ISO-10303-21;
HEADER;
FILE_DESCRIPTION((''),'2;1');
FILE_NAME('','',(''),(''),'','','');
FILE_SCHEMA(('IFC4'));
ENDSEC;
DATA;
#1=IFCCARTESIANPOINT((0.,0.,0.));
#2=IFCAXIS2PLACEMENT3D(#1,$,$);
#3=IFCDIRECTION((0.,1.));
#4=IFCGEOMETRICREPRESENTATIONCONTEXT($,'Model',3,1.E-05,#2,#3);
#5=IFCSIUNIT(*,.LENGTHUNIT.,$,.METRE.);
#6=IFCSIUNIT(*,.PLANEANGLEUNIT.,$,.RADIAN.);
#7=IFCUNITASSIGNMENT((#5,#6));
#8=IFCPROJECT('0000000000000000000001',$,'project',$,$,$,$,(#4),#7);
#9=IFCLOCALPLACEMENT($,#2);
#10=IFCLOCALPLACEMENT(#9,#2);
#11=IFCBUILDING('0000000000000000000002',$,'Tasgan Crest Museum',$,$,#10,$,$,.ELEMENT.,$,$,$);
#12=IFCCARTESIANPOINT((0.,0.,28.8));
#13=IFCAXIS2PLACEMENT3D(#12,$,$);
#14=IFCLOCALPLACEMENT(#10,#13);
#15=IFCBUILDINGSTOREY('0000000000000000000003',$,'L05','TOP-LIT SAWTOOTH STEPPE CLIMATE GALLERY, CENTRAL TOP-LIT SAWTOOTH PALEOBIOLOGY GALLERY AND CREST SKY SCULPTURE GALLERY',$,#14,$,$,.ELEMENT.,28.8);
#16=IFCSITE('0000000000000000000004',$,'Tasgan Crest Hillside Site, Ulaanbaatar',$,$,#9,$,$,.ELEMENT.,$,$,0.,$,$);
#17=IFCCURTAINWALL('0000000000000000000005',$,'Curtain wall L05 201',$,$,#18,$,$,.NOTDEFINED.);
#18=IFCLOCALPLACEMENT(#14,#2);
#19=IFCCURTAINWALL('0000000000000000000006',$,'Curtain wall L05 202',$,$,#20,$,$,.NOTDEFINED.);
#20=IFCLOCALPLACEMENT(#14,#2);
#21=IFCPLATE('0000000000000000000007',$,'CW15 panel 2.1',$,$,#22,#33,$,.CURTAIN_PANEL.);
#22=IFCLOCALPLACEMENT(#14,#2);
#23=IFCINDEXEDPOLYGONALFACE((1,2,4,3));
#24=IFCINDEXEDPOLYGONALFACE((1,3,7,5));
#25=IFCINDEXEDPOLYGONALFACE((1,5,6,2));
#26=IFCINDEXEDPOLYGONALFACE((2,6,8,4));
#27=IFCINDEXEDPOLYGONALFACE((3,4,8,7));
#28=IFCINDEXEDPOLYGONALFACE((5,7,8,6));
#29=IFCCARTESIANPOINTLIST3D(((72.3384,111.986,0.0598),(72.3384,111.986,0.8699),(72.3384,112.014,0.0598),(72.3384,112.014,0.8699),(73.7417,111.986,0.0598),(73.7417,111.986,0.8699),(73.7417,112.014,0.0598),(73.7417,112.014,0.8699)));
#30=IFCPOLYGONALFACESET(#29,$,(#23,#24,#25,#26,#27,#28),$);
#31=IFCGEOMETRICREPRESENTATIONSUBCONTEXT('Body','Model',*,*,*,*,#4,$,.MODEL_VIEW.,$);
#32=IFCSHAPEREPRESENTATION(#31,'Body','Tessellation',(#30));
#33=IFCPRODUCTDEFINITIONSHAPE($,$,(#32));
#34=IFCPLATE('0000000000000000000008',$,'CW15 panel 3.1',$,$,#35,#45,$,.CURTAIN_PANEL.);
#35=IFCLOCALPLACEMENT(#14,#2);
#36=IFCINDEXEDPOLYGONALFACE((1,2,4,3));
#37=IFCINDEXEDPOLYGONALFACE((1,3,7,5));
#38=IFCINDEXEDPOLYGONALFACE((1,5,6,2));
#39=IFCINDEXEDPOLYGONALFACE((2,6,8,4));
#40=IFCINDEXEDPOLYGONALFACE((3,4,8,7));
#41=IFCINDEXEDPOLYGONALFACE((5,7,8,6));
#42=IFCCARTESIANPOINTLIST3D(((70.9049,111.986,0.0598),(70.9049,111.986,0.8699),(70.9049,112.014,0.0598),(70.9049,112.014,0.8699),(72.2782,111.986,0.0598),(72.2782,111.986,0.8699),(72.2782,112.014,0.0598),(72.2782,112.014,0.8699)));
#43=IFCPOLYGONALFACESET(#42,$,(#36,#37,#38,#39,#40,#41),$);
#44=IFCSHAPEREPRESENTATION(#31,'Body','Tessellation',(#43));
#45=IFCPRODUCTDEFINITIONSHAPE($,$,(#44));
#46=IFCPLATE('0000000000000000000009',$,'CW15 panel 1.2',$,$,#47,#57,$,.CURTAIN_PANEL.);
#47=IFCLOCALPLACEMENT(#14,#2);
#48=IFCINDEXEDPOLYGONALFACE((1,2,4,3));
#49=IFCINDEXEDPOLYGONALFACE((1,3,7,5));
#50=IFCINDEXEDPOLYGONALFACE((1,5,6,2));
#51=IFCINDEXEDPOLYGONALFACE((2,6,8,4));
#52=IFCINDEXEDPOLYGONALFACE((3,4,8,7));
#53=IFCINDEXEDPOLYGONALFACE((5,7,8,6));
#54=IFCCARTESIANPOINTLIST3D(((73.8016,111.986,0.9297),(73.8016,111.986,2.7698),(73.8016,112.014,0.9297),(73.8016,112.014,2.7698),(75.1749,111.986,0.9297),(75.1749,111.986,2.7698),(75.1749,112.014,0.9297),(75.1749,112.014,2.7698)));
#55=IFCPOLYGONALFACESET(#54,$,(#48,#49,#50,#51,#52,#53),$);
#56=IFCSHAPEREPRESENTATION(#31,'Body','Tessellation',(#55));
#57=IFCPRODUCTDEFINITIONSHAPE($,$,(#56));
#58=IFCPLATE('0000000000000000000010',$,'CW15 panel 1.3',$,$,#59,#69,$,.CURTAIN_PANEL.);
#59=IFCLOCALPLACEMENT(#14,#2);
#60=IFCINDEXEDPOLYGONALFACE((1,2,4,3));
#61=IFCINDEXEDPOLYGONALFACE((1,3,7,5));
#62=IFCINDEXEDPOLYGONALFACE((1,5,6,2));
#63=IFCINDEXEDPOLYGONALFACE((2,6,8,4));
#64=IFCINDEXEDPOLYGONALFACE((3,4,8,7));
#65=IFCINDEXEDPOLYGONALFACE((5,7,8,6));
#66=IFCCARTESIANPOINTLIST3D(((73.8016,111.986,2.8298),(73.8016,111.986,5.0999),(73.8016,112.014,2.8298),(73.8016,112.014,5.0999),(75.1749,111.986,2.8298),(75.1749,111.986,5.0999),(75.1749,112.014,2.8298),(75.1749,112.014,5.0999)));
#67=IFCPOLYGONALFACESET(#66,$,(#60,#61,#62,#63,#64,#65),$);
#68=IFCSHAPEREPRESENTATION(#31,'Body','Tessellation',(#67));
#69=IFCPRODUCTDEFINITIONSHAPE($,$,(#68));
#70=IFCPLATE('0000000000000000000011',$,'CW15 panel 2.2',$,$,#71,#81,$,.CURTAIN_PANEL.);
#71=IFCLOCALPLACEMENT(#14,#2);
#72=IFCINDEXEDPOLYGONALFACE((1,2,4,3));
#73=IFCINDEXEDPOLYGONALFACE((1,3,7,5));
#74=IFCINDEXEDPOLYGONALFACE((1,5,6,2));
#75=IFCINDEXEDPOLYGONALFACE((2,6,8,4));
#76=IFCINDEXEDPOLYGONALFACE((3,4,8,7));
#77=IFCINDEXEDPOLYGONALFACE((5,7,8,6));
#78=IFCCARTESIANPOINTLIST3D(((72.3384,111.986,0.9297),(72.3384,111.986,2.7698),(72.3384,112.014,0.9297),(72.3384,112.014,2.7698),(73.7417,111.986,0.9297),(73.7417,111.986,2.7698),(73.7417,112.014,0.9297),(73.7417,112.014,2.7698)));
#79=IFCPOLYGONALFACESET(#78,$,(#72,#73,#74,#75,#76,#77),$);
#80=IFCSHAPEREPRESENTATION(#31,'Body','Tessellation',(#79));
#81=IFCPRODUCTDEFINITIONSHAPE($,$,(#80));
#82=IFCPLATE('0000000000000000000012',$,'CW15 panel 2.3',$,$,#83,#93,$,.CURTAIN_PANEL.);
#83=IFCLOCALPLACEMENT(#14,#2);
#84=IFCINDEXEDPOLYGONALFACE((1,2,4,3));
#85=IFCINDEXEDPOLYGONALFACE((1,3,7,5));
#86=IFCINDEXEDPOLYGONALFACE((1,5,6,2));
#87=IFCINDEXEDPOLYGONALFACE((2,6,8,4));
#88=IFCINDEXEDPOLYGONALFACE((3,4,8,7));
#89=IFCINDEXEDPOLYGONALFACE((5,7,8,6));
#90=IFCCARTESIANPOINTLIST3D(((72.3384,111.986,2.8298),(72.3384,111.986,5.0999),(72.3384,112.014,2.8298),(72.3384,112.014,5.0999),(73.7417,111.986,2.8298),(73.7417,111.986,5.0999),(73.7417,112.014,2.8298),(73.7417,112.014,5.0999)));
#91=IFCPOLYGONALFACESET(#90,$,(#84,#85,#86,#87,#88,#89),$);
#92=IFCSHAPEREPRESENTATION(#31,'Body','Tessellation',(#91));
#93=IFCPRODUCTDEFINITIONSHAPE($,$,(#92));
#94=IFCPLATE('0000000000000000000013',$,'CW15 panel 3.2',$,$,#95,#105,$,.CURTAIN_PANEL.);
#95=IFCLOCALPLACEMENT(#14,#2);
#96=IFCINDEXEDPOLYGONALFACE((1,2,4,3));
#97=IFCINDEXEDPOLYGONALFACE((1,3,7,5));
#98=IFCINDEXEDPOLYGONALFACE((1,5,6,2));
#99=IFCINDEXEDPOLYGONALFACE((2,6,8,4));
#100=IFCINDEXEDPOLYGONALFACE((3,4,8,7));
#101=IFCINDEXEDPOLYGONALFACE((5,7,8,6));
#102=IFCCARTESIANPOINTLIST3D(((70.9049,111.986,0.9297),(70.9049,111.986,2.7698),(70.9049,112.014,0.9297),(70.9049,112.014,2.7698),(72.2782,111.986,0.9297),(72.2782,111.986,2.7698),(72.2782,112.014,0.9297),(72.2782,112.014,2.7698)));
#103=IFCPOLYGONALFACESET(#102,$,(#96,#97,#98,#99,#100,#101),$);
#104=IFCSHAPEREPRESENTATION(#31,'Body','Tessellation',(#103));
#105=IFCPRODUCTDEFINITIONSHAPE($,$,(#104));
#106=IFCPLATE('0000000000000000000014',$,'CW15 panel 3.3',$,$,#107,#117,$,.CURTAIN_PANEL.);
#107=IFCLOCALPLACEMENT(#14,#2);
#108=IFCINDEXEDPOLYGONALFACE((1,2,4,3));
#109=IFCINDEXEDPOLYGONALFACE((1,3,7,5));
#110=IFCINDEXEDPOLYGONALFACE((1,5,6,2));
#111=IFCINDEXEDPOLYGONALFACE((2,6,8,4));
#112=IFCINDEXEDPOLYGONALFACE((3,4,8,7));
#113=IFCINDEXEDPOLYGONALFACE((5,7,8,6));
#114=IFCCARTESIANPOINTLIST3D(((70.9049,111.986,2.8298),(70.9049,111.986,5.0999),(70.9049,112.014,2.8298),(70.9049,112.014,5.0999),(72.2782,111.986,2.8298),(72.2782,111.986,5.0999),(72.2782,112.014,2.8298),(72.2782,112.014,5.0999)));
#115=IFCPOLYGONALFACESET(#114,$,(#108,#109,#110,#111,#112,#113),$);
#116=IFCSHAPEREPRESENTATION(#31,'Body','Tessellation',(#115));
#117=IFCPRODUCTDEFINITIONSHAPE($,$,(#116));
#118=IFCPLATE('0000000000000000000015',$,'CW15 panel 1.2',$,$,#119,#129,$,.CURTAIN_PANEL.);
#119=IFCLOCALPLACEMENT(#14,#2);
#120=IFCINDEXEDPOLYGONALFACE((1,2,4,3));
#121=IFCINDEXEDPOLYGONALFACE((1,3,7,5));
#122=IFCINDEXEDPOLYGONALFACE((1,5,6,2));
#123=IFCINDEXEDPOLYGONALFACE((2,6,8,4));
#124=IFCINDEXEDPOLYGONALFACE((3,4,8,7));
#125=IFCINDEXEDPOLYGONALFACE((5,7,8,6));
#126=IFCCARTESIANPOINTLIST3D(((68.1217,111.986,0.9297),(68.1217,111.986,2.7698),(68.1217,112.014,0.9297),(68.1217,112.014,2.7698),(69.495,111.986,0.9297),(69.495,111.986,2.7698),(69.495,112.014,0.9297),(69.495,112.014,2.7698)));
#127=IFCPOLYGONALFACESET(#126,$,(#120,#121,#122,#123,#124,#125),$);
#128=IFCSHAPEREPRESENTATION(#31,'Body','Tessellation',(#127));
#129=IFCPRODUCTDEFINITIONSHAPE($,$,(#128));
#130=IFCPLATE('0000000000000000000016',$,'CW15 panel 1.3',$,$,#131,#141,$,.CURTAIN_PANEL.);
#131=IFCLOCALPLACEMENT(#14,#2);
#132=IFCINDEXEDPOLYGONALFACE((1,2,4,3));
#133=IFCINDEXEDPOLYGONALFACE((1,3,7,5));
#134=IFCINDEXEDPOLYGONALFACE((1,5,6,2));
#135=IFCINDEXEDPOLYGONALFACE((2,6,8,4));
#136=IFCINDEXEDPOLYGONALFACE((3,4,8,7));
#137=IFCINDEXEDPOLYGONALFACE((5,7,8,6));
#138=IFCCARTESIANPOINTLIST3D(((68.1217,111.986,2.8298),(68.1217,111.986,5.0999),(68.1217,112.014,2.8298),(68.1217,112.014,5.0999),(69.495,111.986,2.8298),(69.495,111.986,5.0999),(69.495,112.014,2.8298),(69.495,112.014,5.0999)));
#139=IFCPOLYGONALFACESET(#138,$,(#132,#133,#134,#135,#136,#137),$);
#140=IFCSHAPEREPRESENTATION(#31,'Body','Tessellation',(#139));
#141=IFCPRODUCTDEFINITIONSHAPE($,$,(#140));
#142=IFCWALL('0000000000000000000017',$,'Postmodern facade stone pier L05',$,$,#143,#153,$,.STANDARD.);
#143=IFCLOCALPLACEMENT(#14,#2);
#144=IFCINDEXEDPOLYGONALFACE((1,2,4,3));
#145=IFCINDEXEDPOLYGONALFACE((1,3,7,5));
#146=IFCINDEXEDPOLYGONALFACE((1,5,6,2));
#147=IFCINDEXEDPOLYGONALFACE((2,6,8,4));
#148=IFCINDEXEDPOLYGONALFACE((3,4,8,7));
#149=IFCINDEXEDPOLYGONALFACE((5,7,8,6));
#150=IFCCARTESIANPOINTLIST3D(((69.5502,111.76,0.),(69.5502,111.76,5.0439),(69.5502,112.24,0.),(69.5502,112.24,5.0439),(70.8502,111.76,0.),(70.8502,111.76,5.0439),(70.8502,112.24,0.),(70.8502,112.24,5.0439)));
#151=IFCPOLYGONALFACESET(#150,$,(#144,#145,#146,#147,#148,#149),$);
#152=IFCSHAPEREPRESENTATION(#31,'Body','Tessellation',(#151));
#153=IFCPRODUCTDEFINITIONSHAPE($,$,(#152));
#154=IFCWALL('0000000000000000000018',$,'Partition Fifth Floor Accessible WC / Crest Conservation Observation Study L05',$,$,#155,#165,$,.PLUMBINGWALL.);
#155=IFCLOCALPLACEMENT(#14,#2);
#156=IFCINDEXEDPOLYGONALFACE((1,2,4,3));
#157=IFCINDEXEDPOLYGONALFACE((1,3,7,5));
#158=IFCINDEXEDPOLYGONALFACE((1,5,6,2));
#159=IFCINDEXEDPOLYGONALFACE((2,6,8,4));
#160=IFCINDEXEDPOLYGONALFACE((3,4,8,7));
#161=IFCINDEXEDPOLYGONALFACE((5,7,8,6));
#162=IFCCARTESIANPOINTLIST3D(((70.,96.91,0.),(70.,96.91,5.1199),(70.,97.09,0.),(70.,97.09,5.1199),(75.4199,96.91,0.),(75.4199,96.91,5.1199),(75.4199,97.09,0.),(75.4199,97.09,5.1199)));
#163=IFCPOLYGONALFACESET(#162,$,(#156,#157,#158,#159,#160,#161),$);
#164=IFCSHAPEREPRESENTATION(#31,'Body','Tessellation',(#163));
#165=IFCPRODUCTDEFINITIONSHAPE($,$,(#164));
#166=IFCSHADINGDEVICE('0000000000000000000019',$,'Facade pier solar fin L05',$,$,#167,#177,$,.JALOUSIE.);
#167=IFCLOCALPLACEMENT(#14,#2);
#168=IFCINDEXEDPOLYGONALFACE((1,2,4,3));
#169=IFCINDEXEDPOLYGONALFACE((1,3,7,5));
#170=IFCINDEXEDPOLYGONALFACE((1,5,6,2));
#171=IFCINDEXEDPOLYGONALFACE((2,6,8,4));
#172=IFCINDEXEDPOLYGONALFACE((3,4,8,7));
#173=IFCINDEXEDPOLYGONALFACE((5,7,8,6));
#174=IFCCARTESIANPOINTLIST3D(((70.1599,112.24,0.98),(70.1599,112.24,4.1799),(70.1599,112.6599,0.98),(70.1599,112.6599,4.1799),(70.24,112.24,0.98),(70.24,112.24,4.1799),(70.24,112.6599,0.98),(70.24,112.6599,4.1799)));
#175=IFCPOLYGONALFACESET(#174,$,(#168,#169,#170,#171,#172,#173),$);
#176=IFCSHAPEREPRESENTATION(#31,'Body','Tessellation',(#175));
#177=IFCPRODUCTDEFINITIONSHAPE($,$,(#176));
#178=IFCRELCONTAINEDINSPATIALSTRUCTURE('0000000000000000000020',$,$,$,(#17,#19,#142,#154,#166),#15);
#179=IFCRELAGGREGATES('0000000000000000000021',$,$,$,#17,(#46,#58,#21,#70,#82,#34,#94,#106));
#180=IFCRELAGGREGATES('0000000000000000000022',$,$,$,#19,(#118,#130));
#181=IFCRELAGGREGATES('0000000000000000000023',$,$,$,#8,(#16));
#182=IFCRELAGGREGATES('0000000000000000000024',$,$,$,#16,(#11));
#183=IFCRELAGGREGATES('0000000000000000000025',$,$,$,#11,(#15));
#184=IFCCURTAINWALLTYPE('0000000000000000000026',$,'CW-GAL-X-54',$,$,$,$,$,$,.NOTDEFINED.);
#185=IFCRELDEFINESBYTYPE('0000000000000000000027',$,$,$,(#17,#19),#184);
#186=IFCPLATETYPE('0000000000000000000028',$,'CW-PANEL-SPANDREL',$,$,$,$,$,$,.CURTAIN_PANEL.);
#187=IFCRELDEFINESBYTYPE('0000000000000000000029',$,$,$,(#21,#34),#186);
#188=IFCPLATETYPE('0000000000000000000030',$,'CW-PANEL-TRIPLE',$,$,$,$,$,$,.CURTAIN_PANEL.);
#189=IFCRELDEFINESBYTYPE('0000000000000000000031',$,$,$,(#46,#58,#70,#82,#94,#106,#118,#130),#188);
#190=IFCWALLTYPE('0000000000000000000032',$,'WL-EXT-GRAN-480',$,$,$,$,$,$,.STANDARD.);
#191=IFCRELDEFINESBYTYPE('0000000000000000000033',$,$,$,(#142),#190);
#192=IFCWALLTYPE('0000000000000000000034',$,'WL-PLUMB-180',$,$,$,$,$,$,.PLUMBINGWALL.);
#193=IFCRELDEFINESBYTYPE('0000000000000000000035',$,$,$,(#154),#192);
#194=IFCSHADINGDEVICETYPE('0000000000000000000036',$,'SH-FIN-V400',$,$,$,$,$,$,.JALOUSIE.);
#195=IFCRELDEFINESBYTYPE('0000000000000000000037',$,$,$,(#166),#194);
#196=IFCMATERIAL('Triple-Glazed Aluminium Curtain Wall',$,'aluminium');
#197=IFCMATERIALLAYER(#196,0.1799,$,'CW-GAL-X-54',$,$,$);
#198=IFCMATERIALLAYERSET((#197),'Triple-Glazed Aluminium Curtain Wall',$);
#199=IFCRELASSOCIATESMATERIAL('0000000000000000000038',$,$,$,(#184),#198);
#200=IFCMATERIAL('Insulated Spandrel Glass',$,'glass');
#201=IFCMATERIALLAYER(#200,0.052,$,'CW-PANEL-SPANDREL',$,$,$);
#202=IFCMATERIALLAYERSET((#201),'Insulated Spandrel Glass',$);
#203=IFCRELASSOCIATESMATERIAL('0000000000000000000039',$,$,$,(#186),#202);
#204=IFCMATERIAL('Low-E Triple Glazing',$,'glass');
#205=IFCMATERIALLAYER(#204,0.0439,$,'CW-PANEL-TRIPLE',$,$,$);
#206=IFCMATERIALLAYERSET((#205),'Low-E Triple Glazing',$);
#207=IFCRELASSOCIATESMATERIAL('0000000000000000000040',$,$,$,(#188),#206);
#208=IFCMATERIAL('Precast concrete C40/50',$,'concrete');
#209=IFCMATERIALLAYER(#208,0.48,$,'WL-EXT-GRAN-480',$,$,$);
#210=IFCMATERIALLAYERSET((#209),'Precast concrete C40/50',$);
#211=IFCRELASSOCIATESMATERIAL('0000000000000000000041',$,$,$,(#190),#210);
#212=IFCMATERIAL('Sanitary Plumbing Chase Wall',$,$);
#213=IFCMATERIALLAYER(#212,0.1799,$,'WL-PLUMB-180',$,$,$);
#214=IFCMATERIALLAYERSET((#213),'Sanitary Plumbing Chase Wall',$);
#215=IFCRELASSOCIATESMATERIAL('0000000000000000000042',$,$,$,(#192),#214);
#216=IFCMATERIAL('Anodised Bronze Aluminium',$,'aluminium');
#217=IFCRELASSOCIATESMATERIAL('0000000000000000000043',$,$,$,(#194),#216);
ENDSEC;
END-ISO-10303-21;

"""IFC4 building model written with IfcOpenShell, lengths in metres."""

from ifc_helpers import new_model, si_unit, direction, frame, frame_2d, origin, origin_2d, place, context, subcontext, project, spatial, rectangle, extrude, material, layer, layer_set, type_object, element, aggregate, save


model = new_model("IFC4")

# Units and contexts
model_context = context("Model", 3, precision=1e-05, world=origin(), true_north=direction((0.0, 1.0)))
body_context = subcontext(model_context, "Body", "Model", "MODEL_VIEW")
ifc_project = project(units=[si_unit("LENGTHUNIT", "METRE"), si_unit("PLANEANGLEUNIT", "RADIAN")], contexts=[model_context])

# Site, building, storey
site_placement = place(None, origin())
site = spatial("IfcSite", under=ifc_project, at=site_placement, Name="Tasgan Crest Hillside Site, Ulaanbaatar", CompositionType="ELEMENT", RefElevation=0.0)
building_placement = place(site_placement, origin())
building = spatial("IfcBuilding", under=site, at=building_placement, Name="Tasgan Crest Museum", CompositionType="ELEMENT")
storey_placement = place(building_placement, frame((0.0, 0.0, 28.8)))
storey = spatial("IfcBuildingStorey", under=building, at=storey_placement, Name="L05", Description="TOP-LIT SAWTOOTH STEPPE CLIMATE GALLERY, CENTRAL TOP-LIT SAWTOOTH PALEOBIOLOGY GALLERY AND CREST SKY SCULPTURE GALLERY", CompositionType="ELEMENT", Elevation=28.8)

# Curtain wall
ifc_material_1 = material(Name="Triple-Glazed Aluminium Curtain Wall", Category="aluminium")
ifc_layer_1 = layer(ifc_material_1, 0.1799, Name="CW-GAL-X-54")
ifc_layer_set_1 = layer_set([ifc_layer_1], Name="Triple-Glazed Aluminium Curtain Wall")
curtain_wall_type = type_object("IfcCurtainWallType", Name="CW-GAL-X-54", PredefinedType="NOTDEFINED", material=ifc_layer_set_1)
curtain_wall_1_placement = place(storey_placement, origin())
curtain_wall_1 = element("IfcCurtainWall", 1, at=curtain_wall_1_placement, inside=storey, type_object=curtain_wall_type, Name="Curtain wall L05 201", PredefinedType="NOTDEFINED")

# Curtain wall
curtain_wall_2_placement = place(storey_placement, origin())
curtain_wall_2 = element("IfcCurtainWall", 2, at=curtain_wall_2_placement, inside=storey, type_object=curtain_wall_type, Name="Curtain wall L05 202", PredefinedType="NOTDEFINED")

# Plates
ifc_material_2 = material(Name="Insulated Spandrel Glass", Category="glass")
ifc_layer_2 = layer(ifc_material_2, 0.052, Name="CW-PANEL-SPANDREL")
ifc_layer_set_2 = layer_set([ifc_layer_2], Name="Insulated Spandrel Glass")
plate_type_1 = type_object("IfcPlateType", Name="CW-PANEL-SPANDREL", PredefinedType="CURTAIN_PANEL", material=ifc_layer_set_2)
plate_1_placement = place(storey_placement, frame((73.04, 112.0, 0.0598), z_axis=(0.0, 0.0, 1.0), x_axis=(-1.0, 0.0, 0.0)))
plate_1 = element("IfcPlate", 3, at=plate_1_placement, type_object=plate_type_1, Name="CW15 panel 2.1", PredefinedType="CURTAIN_PANEL", context=body_context, shape_type="SweptSolid", body=[
    extrude(rectangle(XDim=1.4033, YDim=0.0281, at=origin_2d()), origin(), (0.0, 0.0, 1.0), 0.8101),
])
plate_2_placement = place(storey_placement, frame((71.5916, 112.0, 0.0598), z_axis=(0.0, 0.0, 1.0), x_axis=(-1.0, 0.0, 0.0)))
plate_2 = element("IfcPlate", 4, at=plate_2_placement, type_object=plate_type_1, Name="CW15 panel 3.1", PredefinedType="CURTAIN_PANEL", context=body_context, shape_type="SweptSolid", body=[
    extrude(rectangle(XDim=1.3733, YDim=0.0281, at=origin_2d()), origin(), (0.0, 0.0, 1.0), 0.8101),
])
ifc_material_3 = material(Name="Low-E Triple Glazing", Category="glass")
ifc_layer_3 = layer(ifc_material_3, 0.0439, Name="CW-PANEL-TRIPLE")
ifc_layer_set_3 = layer_set([ifc_layer_3], Name="Low-E Triple Glazing")
plate_type_2 = type_object("IfcPlateType", Name="CW-PANEL-TRIPLE", PredefinedType="CURTAIN_PANEL", material=ifc_layer_set_3)
plate_3_placement = place(storey_placement, frame((74.4883, 112.0, 0.9297), z_axis=(0.0, 0.0, 1.0), x_axis=(-1.0, 0.0, 0.0)))
plate_3 = element("IfcPlate", 5, at=plate_3_placement, type_object=plate_type_2, Name="CW15 panel 1.2", PredefinedType="CURTAIN_PANEL", context=body_context, shape_type="SweptSolid", body=[
    extrude(rectangle(XDim=1.3733, YDim=0.0281, at=origin_2d()), origin(), (0.0, 0.0, 1.0), 1.8401),
])
plate_4_placement = place(storey_placement, frame((74.4883, 112.0, 2.8298), z_axis=(0.0, 0.0, 1.0), x_axis=(-1.0, 0.0, 0.0)))
plate_4 = element("IfcPlate", 6, at=plate_4_placement, type_object=plate_type_2, Name="CW15 panel 1.3", PredefinedType="CURTAIN_PANEL", context=body_context, shape_type="SweptSolid", body=[
    extrude(rectangle(XDim=1.3733, YDim=0.0281, at=origin_2d()), origin(), (0.0, 0.0, 1.0), 2.27),
])
plate_5_placement = place(storey_placement, frame((73.04, 112.0, 0.9297), z_axis=(0.0, 0.0, 1.0), x_axis=(-1.0, 0.0, 0.0)))
plate_5 = element("IfcPlate", 7, at=plate_5_placement, type_object=plate_type_2, Name="CW15 panel 2.2", PredefinedType="CURTAIN_PANEL", context=body_context, shape_type="SweptSolid", body=[
    extrude(rectangle(XDim=1.4033, YDim=0.0281, at=origin_2d()), origin(), (0.0, 0.0, 1.0), 1.8401),
])
plate_6_placement = place(storey_placement, frame((73.04, 112.0, 2.8298), z_axis=(0.0, 0.0, 1.0), x_axis=(-1.0, 0.0, 0.0)))
plate_6 = element("IfcPlate", 8, at=plate_6_placement, type_object=plate_type_2, Name="CW15 panel 2.3", PredefinedType="CURTAIN_PANEL", context=body_context, shape_type="SweptSolid", body=[
    extrude(rectangle(XDim=1.4033, YDim=0.0281, at=origin_2d()), origin(), (0.0, 0.0, 1.0), 2.27),
])
plate_7_placement = place(storey_placement, frame((71.5916, 112.0, 0.9297), z_axis=(0.0, 0.0, 1.0), x_axis=(-1.0, 0.0, 0.0)))
plate_7 = element("IfcPlate", 9, at=plate_7_placement, type_object=plate_type_2, Name="CW15 panel 3.2", PredefinedType="CURTAIN_PANEL", context=body_context, shape_type="SweptSolid", body=[
    extrude(rectangle(XDim=1.3733, YDim=0.0281, at=origin_2d()), origin(), (0.0, 0.0, 1.0), 1.8401),
])
plate_8_placement = place(storey_placement, frame((71.5916, 112.0, 2.8298), z_axis=(0.0, 0.0, 1.0), x_axis=(-1.0, 0.0, 0.0)))
plate_8 = element("IfcPlate", 10, at=plate_8_placement, type_object=plate_type_2, Name="CW15 panel 3.3", PredefinedType="CURTAIN_PANEL", context=body_context, shape_type="SweptSolid", body=[
    extrude(rectangle(XDim=1.3733, YDim=0.0281, at=origin_2d()), origin(), (0.0, 0.0, 1.0), 2.27),
])
aggregate(curtain_wall_1, [plate_3, plate_4, plate_1, plate_5, plate_6, plate_2, plate_7, plate_8])
plate_9_placement = place(storey_placement, frame((68.8083, 112.0, 0.9297), z_axis=(0.0, 0.0, 1.0), x_axis=(-1.0, 0.0, 0.0)))
plate_9 = element("IfcPlate", 11, at=plate_9_placement, type_object=plate_type_2, Name="CW15 panel 1.2", PredefinedType="CURTAIN_PANEL", context=body_context, shape_type="SweptSolid", body=[
    extrude(rectangle(XDim=1.3733, YDim=0.0281, at=origin_2d()), origin(), (0.0, 0.0, 1.0), 1.8401),
])
plate_10_placement = place(storey_placement, frame((68.8083, 112.0, 2.8298), z_axis=(0.0, 0.0, 1.0), x_axis=(-1.0, 0.0, 0.0)))
plate_10 = element("IfcPlate", 12, at=plate_10_placement, type_object=plate_type_2, Name="CW15 panel 1.3", PredefinedType="CURTAIN_PANEL", context=body_context, shape_type="SweptSolid", body=[
    extrude(rectangle(XDim=1.3733, YDim=0.0281, at=origin_2d()), origin(), (0.0, 0.0, 1.0), 2.27),
])
aggregate(curtain_wall_2, [plate_9, plate_10])

# Walls
ifc_material_4 = material(Name="Precast concrete C40/50", Category="concrete")
ifc_layer_4 = layer(ifc_material_4, 0.48, Name="WL-EXT-GRAN-480")
ifc_layer_set_4 = layer_set([ifc_layer_4], Name="Precast concrete C40/50")
wall_type_1 = type_object("IfcWallType", Name="WL-EXT-GRAN-480", PredefinedType="STANDARD", material=ifc_layer_set_4)
wall_1_placement = place(storey_placement, frame((70.8501, 112.0, 0.0), z_axis=(0.0, 0.0, 1.0), x_axis=(-1.0, 0.0, 0.0)))
element("IfcWall", 13, at=wall_1_placement, inside=storey, type_object=wall_type_1, Name="Postmodern facade stone pier L05", PredefinedType="STANDARD", context=body_context, shape_type="SweptSolid", body=[
    extrude(rectangle(XDim=1.3, YDim=0.48, at=frame_2d((0.6499, 0.0))), origin(), (0.0, 0.0, 1.0), 5.0439),
])
ifc_material_5 = material(Name="Sanitary Plumbing Chase Wall")
ifc_layer_5 = layer(ifc_material_5, 0.1799, Name="WL-PLUMB-180")
ifc_layer_set_5 = layer_set([ifc_layer_5], Name="Sanitary Plumbing Chase Wall")
wall_type_2 = type_object("IfcWallType", Name="WL-PLUMB-180", PredefinedType="PLUMBINGWALL", material=ifc_layer_set_5)
wall_2_placement = place(storey_placement, frame((70.0, 97.0, 0.0), z_axis=(0.0, 0.0, 1.0), x_axis=(1.0, 0.0, 0.0)))
element("IfcWall", 14, at=wall_2_placement, inside=storey, type_object=wall_type_2, Name="Partition Fifth Floor Accessible WC / Crest Conservation Observation Study L05", PredefinedType="PLUMBINGWALL", context=body_context, shape_type="SweptSolid", body=[
    extrude(rectangle(XDim=5.4199, YDim=0.1799, at=frame_2d((2.71, 0.0))), origin(), (0.0, 0.0, 1.0), 5.1199),
])

# Shading device
ifc_material_6 = material(Name="Anodised Bronze Aluminium", Category="aluminium")
shading_device_type = type_object("IfcShadingDeviceType", Name="SH-FIN-V400", PredefinedType="JALOUSIE", material=ifc_material_6)
shading_device_placement = place(storey_placement, frame((70.2, 112.45, 0.98), z_axis=(0.0, 0.0, 1.0), x_axis=(-1.0, 0.0, 0.0)))
element("IfcShadingDevice", 15, at=shading_device_placement, inside=storey, type_object=shading_device_type, Name="Facade pier solar fin L05", PredefinedType="JALOUSIE", context=body_context, shape_type="SweptSolid", body=[
    extrude(rectangle(XDim=0.0801, YDim=0.4199, at=origin_2d()), origin(), (0.0, 0.0, 1.0), 3.2),
])

save(model, "model.ifc")
